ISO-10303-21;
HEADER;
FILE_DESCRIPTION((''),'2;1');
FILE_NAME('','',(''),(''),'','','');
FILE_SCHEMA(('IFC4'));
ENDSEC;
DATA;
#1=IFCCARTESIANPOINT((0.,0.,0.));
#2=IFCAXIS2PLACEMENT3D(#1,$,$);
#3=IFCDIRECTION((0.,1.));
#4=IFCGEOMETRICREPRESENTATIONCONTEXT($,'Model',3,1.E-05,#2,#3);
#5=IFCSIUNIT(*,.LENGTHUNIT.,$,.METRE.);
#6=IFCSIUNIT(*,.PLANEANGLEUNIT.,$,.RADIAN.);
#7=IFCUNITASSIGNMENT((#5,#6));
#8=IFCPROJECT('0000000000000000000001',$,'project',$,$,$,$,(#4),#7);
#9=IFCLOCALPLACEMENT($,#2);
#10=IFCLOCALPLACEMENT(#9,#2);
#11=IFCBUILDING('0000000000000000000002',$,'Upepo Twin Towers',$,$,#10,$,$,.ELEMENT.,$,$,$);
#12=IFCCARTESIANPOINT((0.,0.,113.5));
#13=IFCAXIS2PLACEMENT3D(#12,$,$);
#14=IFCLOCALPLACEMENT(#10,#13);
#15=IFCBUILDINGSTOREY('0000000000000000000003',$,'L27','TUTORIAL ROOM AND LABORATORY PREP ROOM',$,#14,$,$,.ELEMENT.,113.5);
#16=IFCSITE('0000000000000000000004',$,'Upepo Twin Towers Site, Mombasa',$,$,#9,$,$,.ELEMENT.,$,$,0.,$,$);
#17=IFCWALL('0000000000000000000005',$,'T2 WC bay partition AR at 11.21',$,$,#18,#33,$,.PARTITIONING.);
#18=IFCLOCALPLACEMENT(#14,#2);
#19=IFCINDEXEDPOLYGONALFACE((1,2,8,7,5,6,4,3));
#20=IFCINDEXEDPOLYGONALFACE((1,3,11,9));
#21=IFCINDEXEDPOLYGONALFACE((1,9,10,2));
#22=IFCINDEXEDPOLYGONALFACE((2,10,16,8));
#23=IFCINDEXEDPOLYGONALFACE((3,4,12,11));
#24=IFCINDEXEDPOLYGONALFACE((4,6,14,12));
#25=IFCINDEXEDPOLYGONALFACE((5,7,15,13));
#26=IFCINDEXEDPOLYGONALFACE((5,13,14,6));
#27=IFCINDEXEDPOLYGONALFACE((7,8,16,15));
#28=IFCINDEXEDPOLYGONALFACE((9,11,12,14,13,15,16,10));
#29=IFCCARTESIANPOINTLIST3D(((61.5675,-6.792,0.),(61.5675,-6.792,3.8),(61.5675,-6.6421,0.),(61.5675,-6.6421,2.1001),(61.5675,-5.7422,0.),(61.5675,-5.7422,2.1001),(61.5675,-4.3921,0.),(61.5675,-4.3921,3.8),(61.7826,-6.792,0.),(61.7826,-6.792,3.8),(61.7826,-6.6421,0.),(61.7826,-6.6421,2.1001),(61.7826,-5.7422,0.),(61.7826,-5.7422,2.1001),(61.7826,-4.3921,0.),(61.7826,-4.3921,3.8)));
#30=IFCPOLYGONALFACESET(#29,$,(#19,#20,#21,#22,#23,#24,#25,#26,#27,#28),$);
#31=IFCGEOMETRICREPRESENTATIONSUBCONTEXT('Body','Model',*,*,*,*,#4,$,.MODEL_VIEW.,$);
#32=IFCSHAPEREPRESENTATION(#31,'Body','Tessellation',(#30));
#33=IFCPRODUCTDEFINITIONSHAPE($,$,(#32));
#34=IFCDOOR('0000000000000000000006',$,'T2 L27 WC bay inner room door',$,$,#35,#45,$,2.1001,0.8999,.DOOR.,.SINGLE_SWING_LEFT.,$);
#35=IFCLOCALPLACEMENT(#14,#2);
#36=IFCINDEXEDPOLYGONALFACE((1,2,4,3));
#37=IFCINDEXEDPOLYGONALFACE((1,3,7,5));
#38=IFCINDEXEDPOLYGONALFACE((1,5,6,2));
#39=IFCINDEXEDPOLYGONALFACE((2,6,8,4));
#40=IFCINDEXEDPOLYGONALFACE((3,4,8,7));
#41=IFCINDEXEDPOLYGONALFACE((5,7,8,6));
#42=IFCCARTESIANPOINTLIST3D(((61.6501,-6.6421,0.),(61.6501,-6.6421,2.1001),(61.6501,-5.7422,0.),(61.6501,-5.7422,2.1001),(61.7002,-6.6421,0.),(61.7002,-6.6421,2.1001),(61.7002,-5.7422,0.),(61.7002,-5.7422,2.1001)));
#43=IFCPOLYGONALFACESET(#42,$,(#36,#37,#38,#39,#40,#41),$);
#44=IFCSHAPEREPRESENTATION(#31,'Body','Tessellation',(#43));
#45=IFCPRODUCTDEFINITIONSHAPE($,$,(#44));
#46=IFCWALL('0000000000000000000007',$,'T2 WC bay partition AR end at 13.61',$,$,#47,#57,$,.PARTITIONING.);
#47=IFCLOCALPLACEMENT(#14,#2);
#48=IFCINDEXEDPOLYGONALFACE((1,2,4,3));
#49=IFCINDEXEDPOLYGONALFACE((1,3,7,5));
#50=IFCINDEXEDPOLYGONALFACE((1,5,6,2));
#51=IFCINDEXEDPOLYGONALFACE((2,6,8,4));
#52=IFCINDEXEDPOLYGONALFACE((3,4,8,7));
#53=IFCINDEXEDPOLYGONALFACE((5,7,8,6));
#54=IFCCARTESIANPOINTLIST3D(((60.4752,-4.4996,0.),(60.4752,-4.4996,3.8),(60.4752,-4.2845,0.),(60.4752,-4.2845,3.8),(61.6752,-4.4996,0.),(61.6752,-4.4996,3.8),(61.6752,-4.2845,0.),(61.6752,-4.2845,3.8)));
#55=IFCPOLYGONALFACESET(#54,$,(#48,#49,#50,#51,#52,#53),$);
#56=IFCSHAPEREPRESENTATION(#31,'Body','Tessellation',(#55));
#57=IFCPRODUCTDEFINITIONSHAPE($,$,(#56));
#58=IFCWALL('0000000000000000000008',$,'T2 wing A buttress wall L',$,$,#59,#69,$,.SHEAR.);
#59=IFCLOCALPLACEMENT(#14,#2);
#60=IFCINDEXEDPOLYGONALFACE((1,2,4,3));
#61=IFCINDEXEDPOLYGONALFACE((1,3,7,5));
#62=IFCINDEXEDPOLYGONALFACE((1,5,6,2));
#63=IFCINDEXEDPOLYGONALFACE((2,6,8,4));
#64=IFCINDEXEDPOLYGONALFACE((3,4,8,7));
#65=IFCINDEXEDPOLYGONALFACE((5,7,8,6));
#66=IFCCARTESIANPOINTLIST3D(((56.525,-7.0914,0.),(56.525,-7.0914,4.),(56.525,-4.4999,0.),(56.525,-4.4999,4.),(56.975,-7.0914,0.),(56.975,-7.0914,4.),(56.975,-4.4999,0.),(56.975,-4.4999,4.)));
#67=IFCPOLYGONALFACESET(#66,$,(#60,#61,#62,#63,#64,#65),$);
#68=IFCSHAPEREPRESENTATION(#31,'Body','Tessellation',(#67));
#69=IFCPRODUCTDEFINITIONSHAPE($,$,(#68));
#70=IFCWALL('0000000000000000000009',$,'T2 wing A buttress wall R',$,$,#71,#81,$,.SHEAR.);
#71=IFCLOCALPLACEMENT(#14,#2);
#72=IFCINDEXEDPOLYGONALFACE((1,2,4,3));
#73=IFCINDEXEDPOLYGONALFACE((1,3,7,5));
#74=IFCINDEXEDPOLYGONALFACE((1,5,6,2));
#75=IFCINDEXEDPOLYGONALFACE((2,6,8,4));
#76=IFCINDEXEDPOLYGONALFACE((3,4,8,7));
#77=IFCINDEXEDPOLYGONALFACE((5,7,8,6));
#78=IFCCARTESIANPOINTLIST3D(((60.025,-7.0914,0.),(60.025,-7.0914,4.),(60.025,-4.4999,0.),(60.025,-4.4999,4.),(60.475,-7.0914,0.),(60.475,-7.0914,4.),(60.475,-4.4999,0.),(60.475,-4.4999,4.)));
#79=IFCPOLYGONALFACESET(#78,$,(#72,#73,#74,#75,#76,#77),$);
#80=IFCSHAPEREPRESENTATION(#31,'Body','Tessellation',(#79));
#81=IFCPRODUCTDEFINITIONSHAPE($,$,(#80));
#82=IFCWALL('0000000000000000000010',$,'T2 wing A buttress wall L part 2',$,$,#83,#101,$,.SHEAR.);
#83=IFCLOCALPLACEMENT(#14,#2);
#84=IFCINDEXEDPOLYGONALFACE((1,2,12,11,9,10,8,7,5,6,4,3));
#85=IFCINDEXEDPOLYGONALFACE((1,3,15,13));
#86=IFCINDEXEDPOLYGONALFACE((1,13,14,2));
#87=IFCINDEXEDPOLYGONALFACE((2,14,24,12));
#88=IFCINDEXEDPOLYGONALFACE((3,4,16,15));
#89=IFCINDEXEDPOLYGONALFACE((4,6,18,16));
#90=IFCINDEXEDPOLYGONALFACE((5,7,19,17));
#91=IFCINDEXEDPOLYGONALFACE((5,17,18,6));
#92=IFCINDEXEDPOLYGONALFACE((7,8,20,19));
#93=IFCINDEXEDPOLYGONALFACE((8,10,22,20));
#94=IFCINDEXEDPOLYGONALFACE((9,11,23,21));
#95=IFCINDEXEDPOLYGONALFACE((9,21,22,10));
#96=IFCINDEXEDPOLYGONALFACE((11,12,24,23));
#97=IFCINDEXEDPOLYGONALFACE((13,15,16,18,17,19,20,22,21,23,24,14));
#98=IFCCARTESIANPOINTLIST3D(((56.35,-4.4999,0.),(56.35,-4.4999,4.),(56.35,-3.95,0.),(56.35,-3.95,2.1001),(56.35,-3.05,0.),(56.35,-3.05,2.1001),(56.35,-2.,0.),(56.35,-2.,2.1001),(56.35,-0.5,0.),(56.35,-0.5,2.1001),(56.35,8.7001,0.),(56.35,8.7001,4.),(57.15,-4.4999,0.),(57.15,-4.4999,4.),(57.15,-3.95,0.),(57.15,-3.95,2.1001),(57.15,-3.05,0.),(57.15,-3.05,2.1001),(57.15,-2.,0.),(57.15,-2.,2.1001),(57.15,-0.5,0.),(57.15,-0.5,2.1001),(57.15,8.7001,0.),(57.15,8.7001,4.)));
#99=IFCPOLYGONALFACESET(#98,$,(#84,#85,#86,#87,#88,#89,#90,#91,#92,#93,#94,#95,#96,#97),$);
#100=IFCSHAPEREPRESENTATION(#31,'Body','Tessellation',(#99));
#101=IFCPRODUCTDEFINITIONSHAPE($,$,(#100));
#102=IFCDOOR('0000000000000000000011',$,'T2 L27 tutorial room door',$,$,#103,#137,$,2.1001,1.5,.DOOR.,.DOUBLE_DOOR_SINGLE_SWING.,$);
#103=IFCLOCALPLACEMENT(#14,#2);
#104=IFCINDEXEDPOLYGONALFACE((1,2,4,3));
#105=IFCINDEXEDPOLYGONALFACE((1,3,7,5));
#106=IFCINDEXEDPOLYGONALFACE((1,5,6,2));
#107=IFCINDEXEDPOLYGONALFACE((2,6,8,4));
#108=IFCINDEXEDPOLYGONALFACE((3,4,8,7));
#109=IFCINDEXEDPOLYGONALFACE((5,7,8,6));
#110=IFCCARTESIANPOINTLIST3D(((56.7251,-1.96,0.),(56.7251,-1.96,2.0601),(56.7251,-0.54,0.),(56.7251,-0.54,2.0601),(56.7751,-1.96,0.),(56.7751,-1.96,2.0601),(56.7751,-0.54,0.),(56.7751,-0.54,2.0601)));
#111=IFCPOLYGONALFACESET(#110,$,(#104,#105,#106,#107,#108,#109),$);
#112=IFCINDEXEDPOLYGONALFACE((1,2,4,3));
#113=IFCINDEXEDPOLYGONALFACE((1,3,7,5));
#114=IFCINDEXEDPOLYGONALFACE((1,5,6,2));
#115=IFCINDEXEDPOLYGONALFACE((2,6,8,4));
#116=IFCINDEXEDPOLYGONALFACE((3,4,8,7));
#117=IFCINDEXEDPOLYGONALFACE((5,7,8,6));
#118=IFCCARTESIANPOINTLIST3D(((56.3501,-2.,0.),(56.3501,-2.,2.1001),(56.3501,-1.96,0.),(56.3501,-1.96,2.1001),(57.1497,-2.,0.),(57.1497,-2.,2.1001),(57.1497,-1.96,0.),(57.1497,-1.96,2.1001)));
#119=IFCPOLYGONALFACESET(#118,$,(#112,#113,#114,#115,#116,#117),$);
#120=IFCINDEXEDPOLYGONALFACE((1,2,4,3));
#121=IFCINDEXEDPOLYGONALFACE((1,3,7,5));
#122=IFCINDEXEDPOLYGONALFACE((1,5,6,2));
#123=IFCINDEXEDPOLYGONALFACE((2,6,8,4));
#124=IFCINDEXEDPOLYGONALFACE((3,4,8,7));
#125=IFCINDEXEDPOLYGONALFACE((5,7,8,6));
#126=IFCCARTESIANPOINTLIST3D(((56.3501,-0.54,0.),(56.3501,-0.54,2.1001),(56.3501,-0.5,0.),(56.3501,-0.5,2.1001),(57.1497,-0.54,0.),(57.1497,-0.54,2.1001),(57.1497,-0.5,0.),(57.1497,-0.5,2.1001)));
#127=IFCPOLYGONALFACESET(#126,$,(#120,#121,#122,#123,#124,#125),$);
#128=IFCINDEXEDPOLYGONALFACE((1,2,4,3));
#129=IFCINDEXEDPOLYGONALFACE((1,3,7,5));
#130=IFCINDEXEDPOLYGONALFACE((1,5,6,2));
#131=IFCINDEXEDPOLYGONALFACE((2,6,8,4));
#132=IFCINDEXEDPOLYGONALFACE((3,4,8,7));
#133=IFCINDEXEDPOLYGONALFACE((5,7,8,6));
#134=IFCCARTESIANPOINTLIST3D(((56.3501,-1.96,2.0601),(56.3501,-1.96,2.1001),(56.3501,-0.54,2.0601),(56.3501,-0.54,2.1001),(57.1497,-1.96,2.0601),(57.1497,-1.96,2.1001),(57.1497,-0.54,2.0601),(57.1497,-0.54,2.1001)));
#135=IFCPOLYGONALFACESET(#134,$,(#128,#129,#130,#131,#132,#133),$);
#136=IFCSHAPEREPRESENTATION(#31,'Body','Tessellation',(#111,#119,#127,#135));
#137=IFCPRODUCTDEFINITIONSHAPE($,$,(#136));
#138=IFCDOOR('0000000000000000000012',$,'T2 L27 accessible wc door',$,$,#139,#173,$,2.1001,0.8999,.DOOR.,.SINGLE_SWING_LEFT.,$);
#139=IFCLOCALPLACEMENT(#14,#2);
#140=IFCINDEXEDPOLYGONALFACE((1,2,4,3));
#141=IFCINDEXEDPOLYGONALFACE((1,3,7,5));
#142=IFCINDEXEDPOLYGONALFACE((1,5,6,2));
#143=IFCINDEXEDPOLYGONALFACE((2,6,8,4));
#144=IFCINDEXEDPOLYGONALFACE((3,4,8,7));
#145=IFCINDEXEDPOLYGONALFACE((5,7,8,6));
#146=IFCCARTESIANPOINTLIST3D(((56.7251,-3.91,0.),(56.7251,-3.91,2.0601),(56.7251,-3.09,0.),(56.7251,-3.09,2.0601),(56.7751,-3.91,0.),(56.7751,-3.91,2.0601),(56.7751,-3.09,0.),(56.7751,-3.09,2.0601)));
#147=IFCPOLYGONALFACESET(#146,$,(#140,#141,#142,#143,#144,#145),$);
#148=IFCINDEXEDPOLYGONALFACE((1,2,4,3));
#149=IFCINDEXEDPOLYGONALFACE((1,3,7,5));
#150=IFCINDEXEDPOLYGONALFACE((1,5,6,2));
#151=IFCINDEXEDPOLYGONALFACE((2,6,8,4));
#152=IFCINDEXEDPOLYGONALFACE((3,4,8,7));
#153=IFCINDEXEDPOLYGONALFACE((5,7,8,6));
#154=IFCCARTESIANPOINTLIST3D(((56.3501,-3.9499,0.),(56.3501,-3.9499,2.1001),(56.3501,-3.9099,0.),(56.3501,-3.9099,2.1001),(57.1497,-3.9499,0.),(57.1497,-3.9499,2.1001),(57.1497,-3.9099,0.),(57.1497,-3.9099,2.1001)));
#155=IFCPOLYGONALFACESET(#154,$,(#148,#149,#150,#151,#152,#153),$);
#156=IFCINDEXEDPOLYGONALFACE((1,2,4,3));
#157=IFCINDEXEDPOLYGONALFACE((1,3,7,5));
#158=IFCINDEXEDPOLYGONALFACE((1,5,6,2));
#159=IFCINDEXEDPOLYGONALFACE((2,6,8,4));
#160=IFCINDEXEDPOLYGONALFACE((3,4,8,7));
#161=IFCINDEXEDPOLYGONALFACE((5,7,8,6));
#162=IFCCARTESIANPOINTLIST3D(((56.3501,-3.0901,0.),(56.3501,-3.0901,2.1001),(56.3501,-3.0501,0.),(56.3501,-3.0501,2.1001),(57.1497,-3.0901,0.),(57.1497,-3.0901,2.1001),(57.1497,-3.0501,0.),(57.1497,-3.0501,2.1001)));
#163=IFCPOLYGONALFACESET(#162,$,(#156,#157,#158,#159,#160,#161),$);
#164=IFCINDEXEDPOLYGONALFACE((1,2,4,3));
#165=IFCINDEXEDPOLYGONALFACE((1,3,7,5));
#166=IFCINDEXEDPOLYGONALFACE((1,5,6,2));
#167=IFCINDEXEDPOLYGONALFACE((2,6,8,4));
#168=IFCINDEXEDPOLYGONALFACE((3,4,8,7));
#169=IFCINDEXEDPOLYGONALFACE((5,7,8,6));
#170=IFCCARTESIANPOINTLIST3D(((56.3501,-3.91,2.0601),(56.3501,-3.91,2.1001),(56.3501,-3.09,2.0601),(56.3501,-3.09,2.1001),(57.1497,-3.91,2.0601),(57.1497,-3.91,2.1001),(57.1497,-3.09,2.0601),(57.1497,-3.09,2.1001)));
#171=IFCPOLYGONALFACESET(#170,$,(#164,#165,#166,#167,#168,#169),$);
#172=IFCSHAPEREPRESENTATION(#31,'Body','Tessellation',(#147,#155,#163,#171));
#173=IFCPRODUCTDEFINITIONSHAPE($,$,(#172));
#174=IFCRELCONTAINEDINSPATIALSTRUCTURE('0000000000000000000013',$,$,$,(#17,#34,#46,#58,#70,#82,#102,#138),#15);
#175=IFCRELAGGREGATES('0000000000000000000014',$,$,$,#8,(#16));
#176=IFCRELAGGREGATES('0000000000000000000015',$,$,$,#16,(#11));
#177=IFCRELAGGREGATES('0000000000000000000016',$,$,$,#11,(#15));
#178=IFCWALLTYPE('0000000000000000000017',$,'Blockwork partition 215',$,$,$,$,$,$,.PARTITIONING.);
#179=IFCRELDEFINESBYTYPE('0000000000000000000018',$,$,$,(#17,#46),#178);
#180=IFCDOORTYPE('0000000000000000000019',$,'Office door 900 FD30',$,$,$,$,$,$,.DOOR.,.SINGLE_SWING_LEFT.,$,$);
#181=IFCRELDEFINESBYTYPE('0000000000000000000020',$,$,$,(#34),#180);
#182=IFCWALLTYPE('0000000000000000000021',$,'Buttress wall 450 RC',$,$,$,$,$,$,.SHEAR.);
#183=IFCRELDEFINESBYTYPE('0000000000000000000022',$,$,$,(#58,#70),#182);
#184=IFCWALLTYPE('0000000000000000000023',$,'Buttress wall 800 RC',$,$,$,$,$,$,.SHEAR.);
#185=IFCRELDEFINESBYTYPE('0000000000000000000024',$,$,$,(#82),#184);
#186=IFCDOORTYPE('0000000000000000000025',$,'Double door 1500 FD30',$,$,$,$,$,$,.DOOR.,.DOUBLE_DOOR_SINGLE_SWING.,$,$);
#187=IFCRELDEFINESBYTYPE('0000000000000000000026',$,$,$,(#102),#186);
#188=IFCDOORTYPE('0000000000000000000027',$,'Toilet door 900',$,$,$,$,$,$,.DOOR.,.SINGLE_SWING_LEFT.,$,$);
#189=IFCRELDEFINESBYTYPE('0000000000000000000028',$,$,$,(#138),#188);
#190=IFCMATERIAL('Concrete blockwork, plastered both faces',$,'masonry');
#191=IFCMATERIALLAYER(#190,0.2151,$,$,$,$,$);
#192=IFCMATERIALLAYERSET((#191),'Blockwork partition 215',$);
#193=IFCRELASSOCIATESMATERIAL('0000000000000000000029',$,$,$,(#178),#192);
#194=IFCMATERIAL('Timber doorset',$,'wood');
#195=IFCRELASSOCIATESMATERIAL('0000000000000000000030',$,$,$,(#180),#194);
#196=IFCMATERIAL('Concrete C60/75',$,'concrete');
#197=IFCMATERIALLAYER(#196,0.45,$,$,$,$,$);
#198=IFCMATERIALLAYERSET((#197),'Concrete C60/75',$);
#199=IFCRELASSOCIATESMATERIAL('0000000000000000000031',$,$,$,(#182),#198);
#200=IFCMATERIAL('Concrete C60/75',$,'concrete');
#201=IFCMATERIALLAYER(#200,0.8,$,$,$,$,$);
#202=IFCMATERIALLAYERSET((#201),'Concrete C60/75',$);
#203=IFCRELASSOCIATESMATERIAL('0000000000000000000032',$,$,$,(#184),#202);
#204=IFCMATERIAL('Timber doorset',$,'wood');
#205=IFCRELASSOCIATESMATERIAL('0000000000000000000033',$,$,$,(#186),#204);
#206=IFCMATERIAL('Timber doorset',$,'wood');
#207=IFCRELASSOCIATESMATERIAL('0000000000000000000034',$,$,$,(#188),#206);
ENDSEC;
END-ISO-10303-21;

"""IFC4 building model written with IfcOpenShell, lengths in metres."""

from ifc_helpers import new_model, si_unit, direction, frame, frame_2d, origin, place, context, subcontext, project, spatial, rectangle, extrude, material, layer, layer_set, type_object, element, fill, save


model = new_model("IFC4")

# Units and contexts
model_context = context("Model", 3, precision=1e-05, world=origin(), true_north=direction((0.0, 1.0)))
body_context = subcontext(model_context, "Body", "Model", "MODEL_VIEW")
ifc_project = project(units=[si_unit("LENGTHUNIT", "METRE"), si_unit("PLANEANGLEUNIT", "RADIAN")], contexts=[model_context])

# Site, building, storey
site_placement = place(None, origin())
site = spatial("IfcSite", under=ifc_project, at=site_placement, Name="Upepo Twin Towers Site, Mombasa", CompositionType="ELEMENT", RefElevation=0.0)
building_placement = place(site_placement, origin())
building = spatial("IfcBuilding", under=site, at=building_placement, Name="Upepo Twin Towers", CompositionType="ELEMENT")
storey_placement = place(building_placement, frame((0.0, 0.0, 113.5)))
storey = spatial("IfcBuildingStorey", under=building, at=storey_placement, Name="L27", Description="TUTORIAL ROOM AND LABORATORY PREP ROOM", CompositionType="ELEMENT", Elevation=113.5)

# Shared definitions
ifc_material_1 = material(Name="Concrete blockwork, plastered both faces", Category="masonry")
ifc_layer_1 = layer(ifc_material_1, 0.2151)
ifc_layer_set_1 = layer_set([ifc_layer_1], Name="Blockwork partition 215")
wall_type_1 = type_object("IfcWallType", Name="Blockwork partition 215", PredefinedType="PARTITIONING", material=ifc_layer_set_1)

# Wall, opening, door
wall_1_placement = place(storey_placement, frame((61.675, -6.792, 0.0), z_axis=(0.0, 0.0, 1.0), x_axis=(0.0, 1.0, 0.0)))
wall_1 = element("IfcWall", 1, at=wall_1_placement, inside=storey, type_object=wall_type_1, Name="T2 WC bay partition AR at 11.21", PredefinedType="PARTITIONING", context=body_context, shape_type="SweptSolid", body=[
    extrude(rectangle(XDim=2.3999, YDim=0.2151, at=frame_2d((1.2, 0.0))), origin(), (0.0, 0.0, 1.0), 3.8),
])
opening_1_placement = place(wall_1_placement, frame((0.1499, 0.0, 0.0)))
opening_1 = element("IfcOpeningElement", 2, at=opening_1_placement, cuts=wall_1, PredefinedType="OPENING", context=body_context, shape_type="SweptSolid", body=[
    extrude(rectangle(XDim=0.8999, YDim=2.1001, at=frame_2d((0.45, 1.05))), frame((0.0, 0.1174, 0.0), z_axis=(0.0, -1.0, 0.0), x_axis=(1.0, 0.0, 0.0)), (0.0, 0.0, 1.0), 0.2351),
])
ifc_material_2 = material(Name="Timber doorset", Category="wood")
door_type_1 = type_object("IfcDoorType", Name="Office door 900 FD30", OperationType="SINGLE_SWING_LEFT", PredefinedType="DOOR", material=ifc_material_2)
door_1_placement = place(opening_1_placement, origin())
door_1 = element("IfcDoor", 3, at=door_1_placement, inside=storey, type_object=door_type_1, Name="T2 L27 WC bay inner room door", OperationType="SINGLE_SWING_LEFT", OverallHeight=2.1001, OverallWidth=0.8999, PredefinedType="DOOR", context=body_context, shape_type="SweptSolid", body=[
    extrude(rectangle(XDim=0.8999, YDim=2.1001, at=frame_2d((0.45, 1.05))), frame((0.0, 0.0249, 0.0), z_axis=(0.0, -1.0, 0.0), x_axis=(1.0, 0.0, 0.0)), (0.0, 0.0, 1.0), 0.05),
])
fill(opening_1, door_1)

# Walls
wall_2_placement = place(storey_placement, frame((60.4751, -4.3921, 0.0), z_axis=(0.0, 0.0, 1.0), x_axis=(1.0, 0.0, 0.0)))
element("IfcWall", 4, at=wall_2_placement, inside=storey, type_object=wall_type_1, Name="T2 WC bay partition AR end at 13.61", PredefinedType="PARTITIONING", context=body_context, shape_type="SweptSolid", body=[
    extrude(rectangle(XDim=1.2, YDim=0.2151, at=frame_2d((0.6001, 0.0))), origin(), (0.0, 0.0, 1.0), 3.8),
])
ifc_material_3 = material(Name="Concrete C60/75", Category="concrete")
ifc_layer_2 = layer(ifc_material_3, 0.45)
ifc_layer_set_2 = layer_set([ifc_layer_2], Name="Concrete C60/75")
wall_type_2 = type_object("IfcWallType", Name="Buttress wall 450 RC", PredefinedType="SHEAR", material=ifc_layer_set_2)
for number, where, z_axis, x_axis, name in (
    (5, (56.75, -7.0916, 0.0), (0.0, 0.0, 1.0), (0.0, 1.0, 0.0), "T2 wing A buttress wall L"),
    (6, (60.25, -7.0916, 0.0), (0.0, 0.0, 1.0), (0.0, 1.0, 0.0), "T2 wing A buttress wall R"),
):
    element("IfcWall", number, at=place(storey_placement, frame(where, z_axis=z_axis, x_axis=x_axis)), inside=storey, type_object=wall_type_2, Name=name, PredefinedType="SHEAR", context=body_context, shape_type="SweptSolid", body=[
        extrude(rectangle(XDim=2.5916, YDim=0.45, at=frame_2d((1.2959, 0.0))), origin(), (0.0, 0.0, 1.0), 4.0),
    ])

# Wall, openings, doors
ifc_material_4 = material(Name="Concrete C60/75", Category="concrete")
ifc_layer_3 = layer(ifc_material_4, 0.8)
ifc_layer_set_3 = layer_set([ifc_layer_3], Name="Concrete C60/75")
wall_type_3 = type_object("IfcWallType", Name="Buttress wall 800 RC", PredefinedType="SHEAR", material=ifc_layer_set_3)
wall_3_placement = place(storey_placement, frame((56.75, -4.5, 0.0), z_axis=(0.0, 0.0, 1.0), x_axis=(0.0, 1.0, 0.0)))
wall_3 = element("IfcWall", 7, at=wall_3_placement, inside=storey, type_object=wall_type_3, Name="T2 wing A buttress wall L part 2", PredefinedType="SHEAR", context=body_context, shape_type="SweptSolid", body=[
    extrude(rectangle(XDim=13.2, YDim=0.8, at=frame_2d((6.6001, 0.0))), origin(), (0.0, 0.0, 1.0), 4.0),
])
opening_2_placement = place(wall_3_placement, frame((0.55, 0.0, 0.0)))
opening_2 = element("IfcOpeningElement", 8, at=opening_2_placement, cuts=wall_3, PredefinedType="OPENING", context=body_context, shape_type="SweptSolid", body=[
    extrude(rectangle(XDim=0.8999, YDim=2.1001, at=frame_2d((0.45, 1.05))), frame((0.0, 0.4099, 0.0), z_axis=(0.0, -1.0, 0.0), x_axis=(1.0, 0.0, 0.0)), (0.0, 0.0, 1.0), 0.8201),
])
opening_3_placement = place(wall_3_placement, frame((2.5, 0.0, 0.0)))
opening_3 = element("IfcOpeningElement", 9, at=opening_3_placement, cuts=wall_3, PredefinedType="OPENING", context=body_context, shape_type="SweptSolid", body=[
    extrude(rectangle(XDim=1.5, YDim=2.1001, at=frame_2d((0.75, 1.05))), frame((0.0, 0.4099, 0.0), z_axis=(0.0, -1.0, 0.0), x_axis=(1.0, 0.0, 0.0)), (0.0, 0.0, 1.0), 0.8201),
])
ifc_material_5 = material(Name="Timber doorset", Category="wood")
door_type_2 = type_object("IfcDoorType", Name="Double door 1500 FD30", OperationType="DOUBLE_DOOR_SINGLE_SWING", PredefinedType="DOOR", material=ifc_material_5)
door_2_placement = place(opening_3_placement, origin())
door_2 = element("IfcDoor", 10, at=door_2_placement, inside=storey, type_object=door_type_2, Name="T2 L27 tutorial room door", OperationType="DOUBLE_DOOR_SINGLE_SWING", OverallHeight=2.1001, OverallWidth=1.5, PredefinedType="DOOR", context=body_context, shape_type="SweptSolid", body=[
    extrude(rectangle(XDim=1.42, YDim=2.0601, at=frame_2d((0.75, 1.03))), frame((0.0, 0.0249, 0.0), z_axis=(0.0, -1.0, 0.0), x_axis=(1.0, 0.0, 0.0)), (0.0, 0.0, 1.0), 0.05),
    extrude(rectangle(XDim=0.04, YDim=2.1001, at=frame_2d((0.02, 1.05))), frame((0.0, 0.3999, 0.0), z_axis=(0.0, -1.0, 0.0), x_axis=(1.0, 0.0, 0.0)), (0.0, 0.0, 1.0), 0.7996),
    extrude(rectangle(XDim=0.04, YDim=2.1001, at=frame_2d((1.48, 1.05))), frame((0.0, 0.3999, 0.0), z_axis=(0.0, -1.0, 0.0), x_axis=(1.0, 0.0, 0.0)), (0.0, 0.0, 1.0), 0.7996),
    extrude(rectangle(XDim=1.42, YDim=0.04, at=frame_2d((0.75, 2.0801))), frame((0.0, 0.3999, 0.0), z_axis=(0.0, -1.0, 0.0), x_axis=(1.0, 0.0, 0.0)), (0.0, 0.0, 1.0), 0.7996),
])
fill(opening_3, door_2)
ifc_material_6 = material(Name="Timber doorset", Category="wood")
door_type_3 = type_object("IfcDoorType", Name="Toilet door 900", OperationType="SINGLE_SWING_LEFT", PredefinedType="DOOR", material=ifc_material_6)
door_3_placement = place(opening_2_placement, origin())
door_3 = element("IfcDoor", 11, at=door_3_placement, inside=storey, type_object=door_type_3, Name="T2 L27 accessible wc door", OperationType="SINGLE_SWING_LEFT", OverallHeight=2.1001, OverallWidth=0.8999, PredefinedType="DOOR", context=body_context, shape_type="SweptSolid", body=[
    extrude(rectangle(XDim=0.8199, YDim=2.0601, at=frame_2d((0.45, 1.03))), frame((0.0, 0.0249, 0.0), z_axis=(0.0, -1.0, 0.0), x_axis=(1.0, 0.0, 0.0)), (0.0, 0.0, 1.0), 0.05),
    extrude(rectangle(XDim=0.04, YDim=2.1001, at=frame_2d((0.02, 1.05))), frame((0.0, 0.3999, 0.0), z_axis=(0.0, -1.0, 0.0), x_axis=(1.0, 0.0, 0.0)), (0.0, 0.0, 1.0), 0.7996),
    extrude(rectangle(XDim=0.04, YDim=2.1001, at=frame_2d((0.8799, 1.05))), frame((0.0, 0.3999, 0.0), z_axis=(0.0, -1.0, 0.0), x_axis=(1.0, 0.0, 0.0)), (0.0, 0.0, 1.0), 0.7996),
    extrude(rectangle(XDim=0.8199, YDim=0.04, at=frame_2d((0.45, 2.0801))), frame((0.0, 0.3999, 0.0), z_axis=(0.0, -1.0, 0.0), x_axis=(1.0, 0.0, 0.0)), (0.0, 0.0, 1.0), 0.7996),
])
fill(opening_2, door_3)

save(model, "model.ifc")
